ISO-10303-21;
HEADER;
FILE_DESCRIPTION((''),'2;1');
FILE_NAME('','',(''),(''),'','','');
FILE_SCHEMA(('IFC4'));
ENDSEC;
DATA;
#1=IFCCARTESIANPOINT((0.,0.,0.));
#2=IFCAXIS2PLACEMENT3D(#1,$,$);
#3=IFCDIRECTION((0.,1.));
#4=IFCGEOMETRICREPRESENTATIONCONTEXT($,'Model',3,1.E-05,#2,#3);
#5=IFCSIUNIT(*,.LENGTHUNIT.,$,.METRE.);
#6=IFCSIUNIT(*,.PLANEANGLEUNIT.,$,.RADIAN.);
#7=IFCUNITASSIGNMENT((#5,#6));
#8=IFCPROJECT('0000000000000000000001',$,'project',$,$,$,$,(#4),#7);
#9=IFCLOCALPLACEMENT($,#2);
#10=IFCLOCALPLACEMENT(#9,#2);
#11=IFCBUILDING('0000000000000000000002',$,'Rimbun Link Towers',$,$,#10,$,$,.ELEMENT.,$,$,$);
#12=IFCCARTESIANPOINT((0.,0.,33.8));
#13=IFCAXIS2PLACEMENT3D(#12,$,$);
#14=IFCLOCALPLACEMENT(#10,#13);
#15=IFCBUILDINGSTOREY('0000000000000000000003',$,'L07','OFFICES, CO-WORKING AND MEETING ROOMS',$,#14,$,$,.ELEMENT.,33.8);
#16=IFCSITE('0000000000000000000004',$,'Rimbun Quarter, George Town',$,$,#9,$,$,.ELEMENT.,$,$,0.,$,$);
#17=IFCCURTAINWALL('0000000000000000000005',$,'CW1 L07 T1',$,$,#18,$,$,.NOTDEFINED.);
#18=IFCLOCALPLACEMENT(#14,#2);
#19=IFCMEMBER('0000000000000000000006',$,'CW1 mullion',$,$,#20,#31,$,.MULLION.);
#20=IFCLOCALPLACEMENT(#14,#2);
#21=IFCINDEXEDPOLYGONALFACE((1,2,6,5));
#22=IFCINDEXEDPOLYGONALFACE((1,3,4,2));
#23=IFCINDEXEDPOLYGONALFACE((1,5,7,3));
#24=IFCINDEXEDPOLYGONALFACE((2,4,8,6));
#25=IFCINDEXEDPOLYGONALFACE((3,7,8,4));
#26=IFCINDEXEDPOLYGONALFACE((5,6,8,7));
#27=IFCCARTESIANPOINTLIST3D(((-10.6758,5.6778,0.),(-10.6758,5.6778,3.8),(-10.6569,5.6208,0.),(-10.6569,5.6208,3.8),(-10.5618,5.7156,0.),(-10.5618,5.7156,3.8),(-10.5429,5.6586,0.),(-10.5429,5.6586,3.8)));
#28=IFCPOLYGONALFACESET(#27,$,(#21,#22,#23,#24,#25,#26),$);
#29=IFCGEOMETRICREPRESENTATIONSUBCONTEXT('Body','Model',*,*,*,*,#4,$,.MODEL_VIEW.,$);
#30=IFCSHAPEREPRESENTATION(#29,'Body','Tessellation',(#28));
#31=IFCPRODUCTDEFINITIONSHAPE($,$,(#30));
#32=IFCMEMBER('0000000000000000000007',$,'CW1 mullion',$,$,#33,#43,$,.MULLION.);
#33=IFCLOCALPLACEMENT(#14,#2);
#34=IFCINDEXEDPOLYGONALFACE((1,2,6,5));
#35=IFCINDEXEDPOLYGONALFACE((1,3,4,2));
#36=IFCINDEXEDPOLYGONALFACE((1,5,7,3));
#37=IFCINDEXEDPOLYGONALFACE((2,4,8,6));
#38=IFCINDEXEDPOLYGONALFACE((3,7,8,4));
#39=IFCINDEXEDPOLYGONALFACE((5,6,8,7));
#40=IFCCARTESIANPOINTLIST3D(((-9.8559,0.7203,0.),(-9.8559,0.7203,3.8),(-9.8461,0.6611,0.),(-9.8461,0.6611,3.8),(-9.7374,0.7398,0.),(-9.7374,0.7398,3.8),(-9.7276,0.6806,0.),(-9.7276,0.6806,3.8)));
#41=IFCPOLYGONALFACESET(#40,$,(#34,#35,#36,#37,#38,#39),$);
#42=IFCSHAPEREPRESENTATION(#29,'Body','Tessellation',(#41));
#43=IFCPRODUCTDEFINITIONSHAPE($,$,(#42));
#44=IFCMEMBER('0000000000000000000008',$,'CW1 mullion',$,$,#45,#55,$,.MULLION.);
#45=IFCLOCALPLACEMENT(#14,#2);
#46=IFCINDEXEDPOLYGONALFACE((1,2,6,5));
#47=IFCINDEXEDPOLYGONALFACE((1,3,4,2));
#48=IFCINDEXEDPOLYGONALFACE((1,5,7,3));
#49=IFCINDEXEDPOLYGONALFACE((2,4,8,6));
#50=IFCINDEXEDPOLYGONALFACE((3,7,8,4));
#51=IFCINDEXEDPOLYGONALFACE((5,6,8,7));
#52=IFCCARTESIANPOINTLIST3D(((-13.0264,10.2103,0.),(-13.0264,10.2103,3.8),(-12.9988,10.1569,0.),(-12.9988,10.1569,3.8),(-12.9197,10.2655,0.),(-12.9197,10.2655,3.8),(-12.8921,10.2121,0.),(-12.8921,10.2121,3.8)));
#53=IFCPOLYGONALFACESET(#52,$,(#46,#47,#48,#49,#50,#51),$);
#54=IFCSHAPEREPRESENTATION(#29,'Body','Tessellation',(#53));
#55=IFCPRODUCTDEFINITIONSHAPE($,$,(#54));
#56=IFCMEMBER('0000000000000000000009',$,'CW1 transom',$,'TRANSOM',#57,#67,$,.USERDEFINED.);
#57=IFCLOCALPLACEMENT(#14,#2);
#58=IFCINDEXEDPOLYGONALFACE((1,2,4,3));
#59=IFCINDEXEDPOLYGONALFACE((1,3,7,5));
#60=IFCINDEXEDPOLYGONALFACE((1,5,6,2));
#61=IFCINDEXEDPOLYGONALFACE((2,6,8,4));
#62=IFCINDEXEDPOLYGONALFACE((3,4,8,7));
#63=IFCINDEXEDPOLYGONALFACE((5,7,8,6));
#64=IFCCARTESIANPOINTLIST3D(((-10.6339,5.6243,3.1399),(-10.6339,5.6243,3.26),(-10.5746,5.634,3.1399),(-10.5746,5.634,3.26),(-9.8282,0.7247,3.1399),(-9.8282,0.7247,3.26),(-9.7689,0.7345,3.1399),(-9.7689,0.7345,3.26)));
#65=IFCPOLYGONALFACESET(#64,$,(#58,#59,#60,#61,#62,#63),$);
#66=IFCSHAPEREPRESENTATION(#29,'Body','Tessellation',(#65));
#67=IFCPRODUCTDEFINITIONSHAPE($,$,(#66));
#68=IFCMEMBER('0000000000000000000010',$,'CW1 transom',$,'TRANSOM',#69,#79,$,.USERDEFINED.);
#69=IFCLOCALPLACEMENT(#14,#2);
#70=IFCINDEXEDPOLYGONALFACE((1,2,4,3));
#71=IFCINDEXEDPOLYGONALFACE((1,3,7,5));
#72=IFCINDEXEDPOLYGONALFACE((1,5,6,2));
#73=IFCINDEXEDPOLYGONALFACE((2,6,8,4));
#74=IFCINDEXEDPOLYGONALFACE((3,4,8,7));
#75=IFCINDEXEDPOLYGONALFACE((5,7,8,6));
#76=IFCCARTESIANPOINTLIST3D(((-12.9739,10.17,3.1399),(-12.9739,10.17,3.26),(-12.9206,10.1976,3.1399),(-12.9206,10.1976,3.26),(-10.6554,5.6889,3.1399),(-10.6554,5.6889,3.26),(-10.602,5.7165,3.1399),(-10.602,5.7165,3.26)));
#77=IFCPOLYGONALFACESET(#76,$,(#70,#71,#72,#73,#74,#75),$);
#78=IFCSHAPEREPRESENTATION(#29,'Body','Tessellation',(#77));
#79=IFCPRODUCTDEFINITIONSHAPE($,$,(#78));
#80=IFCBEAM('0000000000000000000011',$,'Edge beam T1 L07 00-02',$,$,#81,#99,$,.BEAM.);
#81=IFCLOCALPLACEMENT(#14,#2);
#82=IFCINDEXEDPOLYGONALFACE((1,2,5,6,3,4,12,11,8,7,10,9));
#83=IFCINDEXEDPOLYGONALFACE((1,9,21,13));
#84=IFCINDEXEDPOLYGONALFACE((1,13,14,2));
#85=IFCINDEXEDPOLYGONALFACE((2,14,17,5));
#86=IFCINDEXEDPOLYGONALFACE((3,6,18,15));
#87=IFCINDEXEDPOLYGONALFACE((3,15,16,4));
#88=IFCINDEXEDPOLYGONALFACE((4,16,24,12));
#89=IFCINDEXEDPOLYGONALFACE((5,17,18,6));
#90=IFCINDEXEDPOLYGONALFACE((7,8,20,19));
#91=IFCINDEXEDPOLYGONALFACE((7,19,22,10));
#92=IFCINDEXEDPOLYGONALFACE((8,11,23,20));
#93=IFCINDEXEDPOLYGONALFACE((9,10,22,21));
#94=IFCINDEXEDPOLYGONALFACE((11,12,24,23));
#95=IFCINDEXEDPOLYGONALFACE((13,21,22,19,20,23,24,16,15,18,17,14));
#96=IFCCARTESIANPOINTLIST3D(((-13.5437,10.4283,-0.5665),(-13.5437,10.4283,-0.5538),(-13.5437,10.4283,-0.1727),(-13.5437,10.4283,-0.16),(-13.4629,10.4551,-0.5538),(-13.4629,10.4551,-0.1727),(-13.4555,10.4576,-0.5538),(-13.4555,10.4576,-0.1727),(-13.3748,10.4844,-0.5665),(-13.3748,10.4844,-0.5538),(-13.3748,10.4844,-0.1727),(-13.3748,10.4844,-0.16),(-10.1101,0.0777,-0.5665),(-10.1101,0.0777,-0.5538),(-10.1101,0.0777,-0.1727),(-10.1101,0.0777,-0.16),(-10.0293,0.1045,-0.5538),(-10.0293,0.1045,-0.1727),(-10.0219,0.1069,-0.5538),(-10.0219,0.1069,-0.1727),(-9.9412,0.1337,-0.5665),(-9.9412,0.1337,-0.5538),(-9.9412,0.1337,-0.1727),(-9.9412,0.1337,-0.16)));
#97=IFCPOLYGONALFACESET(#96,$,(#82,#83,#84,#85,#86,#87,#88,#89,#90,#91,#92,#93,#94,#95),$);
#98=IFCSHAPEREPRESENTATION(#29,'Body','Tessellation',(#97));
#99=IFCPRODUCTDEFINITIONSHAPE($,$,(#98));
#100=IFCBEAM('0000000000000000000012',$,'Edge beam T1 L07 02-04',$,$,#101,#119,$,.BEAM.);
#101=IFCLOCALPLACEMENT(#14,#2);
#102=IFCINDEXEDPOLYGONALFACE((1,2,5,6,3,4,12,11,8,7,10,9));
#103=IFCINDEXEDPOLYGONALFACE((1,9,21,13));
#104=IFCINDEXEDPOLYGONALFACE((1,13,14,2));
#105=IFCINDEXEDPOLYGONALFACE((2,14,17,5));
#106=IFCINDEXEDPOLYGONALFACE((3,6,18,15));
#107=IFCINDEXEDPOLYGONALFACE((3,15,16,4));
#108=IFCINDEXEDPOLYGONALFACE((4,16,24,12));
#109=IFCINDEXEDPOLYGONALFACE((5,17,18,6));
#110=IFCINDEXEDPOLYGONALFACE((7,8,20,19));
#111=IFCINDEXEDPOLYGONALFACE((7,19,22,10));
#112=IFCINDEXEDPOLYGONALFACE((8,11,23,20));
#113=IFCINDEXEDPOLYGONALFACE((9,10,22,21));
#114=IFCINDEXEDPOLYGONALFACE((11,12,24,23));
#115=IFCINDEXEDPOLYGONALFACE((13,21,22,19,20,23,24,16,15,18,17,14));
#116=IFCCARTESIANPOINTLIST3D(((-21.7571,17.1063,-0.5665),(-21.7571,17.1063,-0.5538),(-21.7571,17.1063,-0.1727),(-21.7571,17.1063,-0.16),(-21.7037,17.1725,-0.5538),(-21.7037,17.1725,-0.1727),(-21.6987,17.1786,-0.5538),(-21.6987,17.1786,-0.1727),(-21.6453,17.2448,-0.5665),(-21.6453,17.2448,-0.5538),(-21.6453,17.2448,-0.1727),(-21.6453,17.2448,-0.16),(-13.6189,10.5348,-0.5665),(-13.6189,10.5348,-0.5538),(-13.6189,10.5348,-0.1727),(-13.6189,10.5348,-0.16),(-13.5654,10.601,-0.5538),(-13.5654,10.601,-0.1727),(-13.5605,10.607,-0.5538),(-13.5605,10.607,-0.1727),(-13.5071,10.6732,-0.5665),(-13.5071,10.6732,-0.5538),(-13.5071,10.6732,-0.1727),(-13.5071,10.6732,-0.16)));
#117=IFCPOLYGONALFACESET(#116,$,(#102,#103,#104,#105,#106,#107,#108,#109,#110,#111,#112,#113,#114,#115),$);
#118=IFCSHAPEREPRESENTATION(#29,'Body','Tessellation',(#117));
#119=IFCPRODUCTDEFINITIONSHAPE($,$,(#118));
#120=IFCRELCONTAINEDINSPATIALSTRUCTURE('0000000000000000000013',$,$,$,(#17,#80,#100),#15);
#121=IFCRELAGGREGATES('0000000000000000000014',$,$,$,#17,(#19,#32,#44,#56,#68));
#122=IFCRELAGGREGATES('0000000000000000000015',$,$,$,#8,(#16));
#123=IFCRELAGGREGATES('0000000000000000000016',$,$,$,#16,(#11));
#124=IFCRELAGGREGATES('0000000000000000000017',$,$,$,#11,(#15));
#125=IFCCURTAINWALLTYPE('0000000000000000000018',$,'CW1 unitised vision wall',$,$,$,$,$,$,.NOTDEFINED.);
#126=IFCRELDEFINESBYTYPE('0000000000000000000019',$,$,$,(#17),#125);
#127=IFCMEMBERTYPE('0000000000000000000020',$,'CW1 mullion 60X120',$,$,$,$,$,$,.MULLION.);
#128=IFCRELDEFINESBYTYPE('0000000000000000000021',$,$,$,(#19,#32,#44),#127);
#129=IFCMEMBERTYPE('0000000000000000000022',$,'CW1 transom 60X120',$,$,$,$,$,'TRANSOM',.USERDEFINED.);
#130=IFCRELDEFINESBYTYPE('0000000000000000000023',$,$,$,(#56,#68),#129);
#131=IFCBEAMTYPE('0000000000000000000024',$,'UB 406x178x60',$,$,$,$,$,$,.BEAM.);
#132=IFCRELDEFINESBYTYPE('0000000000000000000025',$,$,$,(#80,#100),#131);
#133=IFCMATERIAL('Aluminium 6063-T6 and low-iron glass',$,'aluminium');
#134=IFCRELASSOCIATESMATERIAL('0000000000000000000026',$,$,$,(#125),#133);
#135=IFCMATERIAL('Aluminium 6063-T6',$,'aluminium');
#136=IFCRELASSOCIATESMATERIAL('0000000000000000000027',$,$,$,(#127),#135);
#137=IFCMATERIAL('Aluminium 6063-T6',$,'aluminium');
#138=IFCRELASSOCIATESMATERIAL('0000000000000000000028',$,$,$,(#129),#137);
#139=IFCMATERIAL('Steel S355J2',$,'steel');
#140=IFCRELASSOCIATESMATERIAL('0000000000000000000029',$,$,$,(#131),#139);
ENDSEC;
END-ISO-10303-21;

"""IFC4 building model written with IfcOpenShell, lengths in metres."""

from ifc_helpers import new_model, si_unit, direction, frame, origin, origin_2d, place, context, subcontext, project, spatial, rectangle, i_section, extrude, material, material_profile, profile_set, type_object, element, aggregate, save


model = new_model("IFC4")

# Units and contexts
model_context = context("Model", 3, precision=1e-05, world=origin(), true_north=direction((0.0, 1.0)))
body_context = subcontext(model_context, "Body", "Model", "MODEL_VIEW")
ifc_project = project(units=[si_unit("LENGTHUNIT", "METRE"), si_unit("PLANEANGLEUNIT", "RADIAN")], contexts=[model_context])

# Site, building, storey
site_placement = place(None, origin())
site = spatial("IfcSite", under=ifc_project, at=site_placement, Name="Rimbun Quarter, George Town", CompositionType="ELEMENT", RefElevation=0.0)
building_placement = place(site_placement, origin())
building = spatial("IfcBuilding", under=site, at=building_placement, Name="Rimbun Link Towers", CompositionType="ELEMENT")
storey_placement = place(building_placement, frame((0.0, 0.0, 33.8)))
storey = spatial("IfcBuildingStorey", under=building, at=storey_placement, Name="L07", Description="OFFICES, CO-WORKING AND MEETING ROOMS", CompositionType="ELEMENT", Elevation=33.8)

# Curtain wall, members
ifc_material_1 = material(Name="Aluminium 6063-T6 and low-iron glass", Category="aluminium")
curtain_wall_type = type_object("IfcCurtainWallType", Name="CW1 unitised vision wall", PredefinedType="NOTDEFINED", material=ifc_material_1)
curtain_wall_placement = place(storey_placement, origin())
curtain_wall = element("IfcCurtainWall", 1, at=curtain_wall_placement, inside=storey, type_object=curtain_wall_type, Name="CW1 L07 T1", PredefinedType="NOTDEFINED")
ifc_material_2 = material(Name="Aluminium 6063-T6", Category="aluminium")
ifc_material_profile_1 = material_profile(ifc_material_2, rectangle(XDim=0.1201, YDim=0.0601, at=origin_2d()), Name="MULLION 60X120")
ifc_profile_set_1 = profile_set([ifc_material_profile_1], Name="Aluminium 6063-T6")
member_type_1 = type_object("IfcMemberType", Name="CW1 mullion 60X120", PredefinedType="MULLION", material=ifc_profile_set_1)
member_1_placement = place(storey_placement, frame((-10.6094, 5.6682, 0.0), z_axis=(0.0, 0.0, 1.0), x_axis=(0.949161, 0.31479, 0.0)))
member_1 = element("IfcMember", 2, at=member_1_placement, type_object=member_type_1, Name="CW1 mullion", PredefinedType="MULLION", context=body_context, shape_type="SweptSolid", body=[
    extrude(rectangle(XDim=0.1201, YDim=0.0601, at=origin_2d()), origin(), (0.0, 0.0, 1.0), 3.8),
])
member_2_placement = place(storey_placement, frame((-9.7917, 0.7004, 0.0), z_axis=(0.0, 0.0, 1.0), x_axis=(0.986748, 0.162263, 0.0)))
member_2 = element("IfcMember", 3, at=member_2_placement, type_object=member_type_1, Name="CW1 mullion", PredefinedType="MULLION", context=body_context, shape_type="SweptSolid", body=[
    extrude(rectangle(XDim=0.1201, YDim=0.0601, at=origin_2d()), origin(), (0.0, 0.0, 1.0), 3.8),
])
member_3_placement = place(storey_placement, frame((-12.9592, 10.2112, 0.0), z_axis=(0.0, 0.0, 1.0), x_axis=(0.888153, 0.459548, 0.0)))
member_3 = element("IfcMember", 4, at=member_3_placement, type_object=member_type_1, Name="CW1 mullion", PredefinedType="MULLION", context=body_context, shape_type="SweptSolid", body=[
    extrude(rectangle(XDim=0.1201, YDim=0.0601, at=origin_2d()), origin(), (0.0, 0.0, 1.0), 3.8),
])
ifc_material_3 = material(Name="Aluminium 6063-T6", Category="aluminium")
ifc_material_profile_2 = material_profile(ifc_material_3, rectangle(XDim=0.0601, YDim=0.1201, at=origin_2d()), Name="TRANSOM 60X120")
ifc_profile_set_2 = profile_set([ifc_material_profile_2], Name="Aluminium 6063-T6")
member_type_2 = type_object("IfcMemberType", Name="CW1 transom 60X120", ElementType="TRANSOM", PredefinedType="USERDEFINED", material=ifc_profile_set_2)
member_4_placement = place(storey_placement, frame((-10.6042, 5.6292, 3.2), z_axis=(0.162262, -0.986748, 0.0), x_axis=(0.986748, 0.162262, 0.0)))
member_4 = element("IfcMember", 5, at=member_4_placement, type_object=member_type_2, Name="CW1 transom", ObjectType="TRANSOM", PredefinedType="USERDEFINED", context=body_context, shape_type="SweptSolid", body=[
    extrude(rectangle(XDim=0.0601, YDim=0.1201, at=origin_2d()), origin(), (0.0, 0.0, 1.0), 4.9653),
])
member_5_placement = place(storey_placement, frame((-12.9473, 10.1838, 3.2), z_axis=(0.459539, -0.888158, 0.0), x_axis=(0.888158, 0.459539, 0.0)))
member_5 = element("IfcMember", 6, at=member_5_placement, type_object=member_type_2, Name="CW1 transom", ObjectType="TRANSOM", PredefinedType="USERDEFINED", context=body_context, shape_type="SweptSolid", body=[
    extrude(rectangle(XDim=0.0601, YDim=0.1201, at=origin_2d()), origin(), (0.0, 0.0, 1.0), 5.0454),
])

# Beams
ifc_material_4 = material(Name="Steel S355J2", Category="steel")
ifc_material_profile_3 = material_profile(ifc_material_4, i_section(OverallWidth=0.178, OverallDepth=0.4065, WebThickness=0.0078, FlangeThickness=0.0127, at=origin_2d()), Name="UB 406x178x60")
ifc_profile_set_3 = profile_set([ifc_material_profile_3], Name="Steel S355J2")
beam_type = type_object("IfcBeamType", Name="UB 406x178x60", PredefinedType="BEAM", material=ifc_profile_set_3)
beam_1_placement = place(storey_placement, frame((-10.0256, 0.1057, -0.3633), z_axis=(-0.314857, 0.949139, 0.0), x_axis=(-0.949139, -0.314857, 0.0)))
element("IfcBeam", 7, at=beam_1_placement, inside=storey, type_object=beam_type, Name="Edge beam T1 L07 00-02", PredefinedType="BEAM", context=body_context, shape_type="SweptSolid", body=[
    extrude(i_section(OverallWidth=0.178, OverallDepth=0.4065, WebThickness=0.0078, FlangeThickness=0.0127, at=origin_2d()), origin(), (0.0, 0.0, 1.0), 10.9053),
])
beam_2_placement = place(storey_placement, frame((-13.563, 10.604, -0.3633), z_axis=(-0.778017, 0.628244, 0.0), x_axis=(-0.628244, -0.778017, 0.0)))
element("IfcBeam", 8, at=beam_2_placement, inside=storey, type_object=beam_type, Name="Edge beam T1 L07 02-04", PredefinedType="BEAM", context=body_context, shape_type="SweptSolid", body=[
    extrude(i_section(OverallWidth=0.178, OverallDepth=0.4065, WebThickness=0.0078, FlangeThickness=0.0127, at=origin_2d()), origin(), (0.0, 0.0, 1.0), 10.4602),
])

aggregate(curtain_wall, [member_1, member_2, member_3, member_4, member_5])

save(model, "model.ifc")
